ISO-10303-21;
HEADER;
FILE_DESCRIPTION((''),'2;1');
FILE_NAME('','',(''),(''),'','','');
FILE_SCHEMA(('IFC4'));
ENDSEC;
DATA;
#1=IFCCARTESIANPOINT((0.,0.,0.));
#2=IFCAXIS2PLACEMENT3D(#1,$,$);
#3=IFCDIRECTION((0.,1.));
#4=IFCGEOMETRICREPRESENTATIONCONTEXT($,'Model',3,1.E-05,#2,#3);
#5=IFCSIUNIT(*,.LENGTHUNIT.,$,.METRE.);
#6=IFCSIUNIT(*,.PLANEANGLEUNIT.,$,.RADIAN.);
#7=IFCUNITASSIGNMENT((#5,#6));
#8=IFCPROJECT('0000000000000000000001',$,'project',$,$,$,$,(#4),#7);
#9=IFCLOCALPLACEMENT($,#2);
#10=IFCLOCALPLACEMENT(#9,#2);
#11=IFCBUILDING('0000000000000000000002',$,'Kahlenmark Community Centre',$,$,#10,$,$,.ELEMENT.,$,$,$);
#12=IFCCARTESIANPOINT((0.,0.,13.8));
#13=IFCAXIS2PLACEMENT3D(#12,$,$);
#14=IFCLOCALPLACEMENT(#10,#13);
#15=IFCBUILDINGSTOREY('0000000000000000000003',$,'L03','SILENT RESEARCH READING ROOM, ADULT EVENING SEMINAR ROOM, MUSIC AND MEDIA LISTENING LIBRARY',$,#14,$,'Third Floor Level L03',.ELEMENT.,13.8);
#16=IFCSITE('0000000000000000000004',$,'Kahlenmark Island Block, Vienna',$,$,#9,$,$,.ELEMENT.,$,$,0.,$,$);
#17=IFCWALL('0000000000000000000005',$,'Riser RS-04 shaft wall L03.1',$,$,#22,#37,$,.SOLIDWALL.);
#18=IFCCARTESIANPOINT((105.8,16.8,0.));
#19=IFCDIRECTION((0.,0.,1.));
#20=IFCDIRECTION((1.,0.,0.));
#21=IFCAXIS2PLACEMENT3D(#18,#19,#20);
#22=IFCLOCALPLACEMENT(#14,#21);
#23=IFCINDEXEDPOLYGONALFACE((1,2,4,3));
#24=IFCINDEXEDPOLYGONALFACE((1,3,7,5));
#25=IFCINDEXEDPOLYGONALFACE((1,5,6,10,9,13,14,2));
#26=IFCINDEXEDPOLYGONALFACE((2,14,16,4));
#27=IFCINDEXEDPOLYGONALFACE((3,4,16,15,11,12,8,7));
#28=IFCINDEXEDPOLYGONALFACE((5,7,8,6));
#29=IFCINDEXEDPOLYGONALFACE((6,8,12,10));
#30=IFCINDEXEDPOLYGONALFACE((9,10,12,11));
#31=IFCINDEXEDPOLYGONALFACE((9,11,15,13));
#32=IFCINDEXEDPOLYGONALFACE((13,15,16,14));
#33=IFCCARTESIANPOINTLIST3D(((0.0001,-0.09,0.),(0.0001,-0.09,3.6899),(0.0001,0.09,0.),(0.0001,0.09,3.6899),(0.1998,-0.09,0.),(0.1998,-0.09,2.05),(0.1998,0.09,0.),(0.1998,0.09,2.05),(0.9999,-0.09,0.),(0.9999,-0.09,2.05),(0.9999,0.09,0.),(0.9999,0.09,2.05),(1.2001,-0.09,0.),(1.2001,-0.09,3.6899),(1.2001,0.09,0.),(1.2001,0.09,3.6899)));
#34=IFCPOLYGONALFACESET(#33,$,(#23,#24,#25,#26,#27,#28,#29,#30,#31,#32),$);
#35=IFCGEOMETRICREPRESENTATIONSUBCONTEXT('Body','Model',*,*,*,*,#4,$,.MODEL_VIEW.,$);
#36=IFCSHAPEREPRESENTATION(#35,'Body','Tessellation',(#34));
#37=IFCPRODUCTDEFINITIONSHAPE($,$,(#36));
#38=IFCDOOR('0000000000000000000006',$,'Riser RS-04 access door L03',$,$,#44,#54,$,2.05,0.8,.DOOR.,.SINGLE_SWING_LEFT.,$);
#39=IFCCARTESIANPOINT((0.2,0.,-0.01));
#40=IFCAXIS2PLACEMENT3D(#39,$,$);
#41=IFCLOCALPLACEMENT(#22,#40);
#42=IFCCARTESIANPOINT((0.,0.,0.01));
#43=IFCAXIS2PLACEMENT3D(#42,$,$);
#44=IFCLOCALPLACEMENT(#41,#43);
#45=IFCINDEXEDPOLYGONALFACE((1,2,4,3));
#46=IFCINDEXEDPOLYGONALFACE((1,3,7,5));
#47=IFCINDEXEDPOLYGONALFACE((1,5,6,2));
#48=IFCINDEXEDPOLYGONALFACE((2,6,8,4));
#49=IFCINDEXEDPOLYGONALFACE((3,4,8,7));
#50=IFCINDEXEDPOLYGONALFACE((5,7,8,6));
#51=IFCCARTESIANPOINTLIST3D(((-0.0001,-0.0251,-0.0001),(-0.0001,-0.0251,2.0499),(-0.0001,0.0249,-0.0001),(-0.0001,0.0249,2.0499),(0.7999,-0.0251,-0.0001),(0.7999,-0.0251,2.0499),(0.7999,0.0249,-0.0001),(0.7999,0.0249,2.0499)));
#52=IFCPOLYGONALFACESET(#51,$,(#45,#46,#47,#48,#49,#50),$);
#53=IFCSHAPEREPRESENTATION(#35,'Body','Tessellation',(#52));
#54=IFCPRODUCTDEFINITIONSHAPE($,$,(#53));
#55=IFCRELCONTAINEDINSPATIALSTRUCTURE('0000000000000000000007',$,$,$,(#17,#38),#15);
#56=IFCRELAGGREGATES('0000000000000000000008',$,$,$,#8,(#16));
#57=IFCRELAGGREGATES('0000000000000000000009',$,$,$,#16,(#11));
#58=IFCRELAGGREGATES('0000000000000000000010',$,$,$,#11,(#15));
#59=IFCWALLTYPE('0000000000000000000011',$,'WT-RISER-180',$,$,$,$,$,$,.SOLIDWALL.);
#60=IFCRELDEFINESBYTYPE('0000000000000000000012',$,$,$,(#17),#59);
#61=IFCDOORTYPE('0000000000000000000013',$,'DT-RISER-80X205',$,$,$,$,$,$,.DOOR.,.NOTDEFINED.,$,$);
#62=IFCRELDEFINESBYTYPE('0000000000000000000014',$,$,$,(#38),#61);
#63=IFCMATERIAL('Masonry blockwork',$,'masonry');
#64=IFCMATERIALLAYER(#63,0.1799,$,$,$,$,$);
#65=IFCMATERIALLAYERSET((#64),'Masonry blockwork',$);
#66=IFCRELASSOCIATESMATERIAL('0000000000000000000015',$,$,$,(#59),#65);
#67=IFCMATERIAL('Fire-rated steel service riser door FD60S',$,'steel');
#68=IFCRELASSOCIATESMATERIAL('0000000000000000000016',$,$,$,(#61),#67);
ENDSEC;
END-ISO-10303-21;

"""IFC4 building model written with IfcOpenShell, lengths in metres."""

from ifc_helpers import new_model, si_unit, direction, frame, frame_2d, origin, place, context, subcontext, project, spatial, rectangle, extrude, material, layer, layer_set, type_object, element, fill, save


model = new_model("IFC4")

# Units and contexts
model_context = context("Model", 3, precision=1e-05, world=origin(), true_north=direction((0.0, 1.0)))
body_context = subcontext(model_context, "Body", "Model", "MODEL_VIEW")
ifc_project = project(units=[si_unit("LENGTHUNIT", "METRE"), si_unit("PLANEANGLEUNIT", "RADIAN")], contexts=[model_context])

# Site, building, storey
site_placement = place(None, origin())
site = spatial("IfcSite", under=ifc_project, at=site_placement, Name="Kahlenmark Island Block, Vienna", CompositionType="ELEMENT", RefElevation=0.0)
building_placement = place(site_placement, origin())
building = spatial("IfcBuilding", under=site, at=building_placement, Name="Kahlenmark Community Centre", CompositionType="ELEMENT")
storey_placement = place(building_placement, frame((0.0, 0.0, 13.8)))
storey = spatial("IfcBuildingStorey", under=building, at=storey_placement, Name="L03", Description="SILENT RESEARCH READING ROOM, ADULT EVENING SEMINAR ROOM, MUSIC AND MEDIA LISTENING LIBRARY", LongName="Third Floor Level L03", CompositionType="ELEMENT", Elevation=13.8)

# Wall, opening, door
ifc_material_1 = material(Name="Masonry blockwork", Category="masonry")
ifc_layer_1 = layer(ifc_material_1, 0.1799)
ifc_layer_set_1 = layer_set([ifc_layer_1], Name="Masonry blockwork")
wall_type_1 = type_object("IfcWallType", Name="WT-RISER-180", PredefinedType="SOLIDWALL", material=ifc_layer_set_1)
wall_1_placement = place(storey_placement, frame((105.8, 16.8, 0.0), z_axis=(0.0, 0.0, 1.0), x_axis=(1.0, 0.0, 0.0)))
wall_1 = element("IfcWall", 1, at=wall_1_placement, inside=storey, type_object=wall_type_1, Name="Riser RS-04 shaft wall L03.1", PredefinedType="SOLIDWALL", context=body_context, shape_type="SweptSolid", body=[
    extrude(rectangle(XDim=1.2, YDim=0.1799, at=frame_2d((0.6001, 0.0))), origin(), (0.0, 0.0, 1.0), 3.6899),
])
opening_1_placement = place(wall_1_placement, frame((0.2, 0.0, -0.01)))
opening_1 = element("IfcOpeningElement", 2, at=opening_1_placement, cuts=wall_1, PredefinedType="OPENING", context=body_context, shape_type="SweptSolid", body=[
    extrude(rectangle(XDim=0.8, YDim=2.0601, at=frame_2d((0.3999, 1.03))), frame((0.0, 0.0999, 0.0), z_axis=(0.0, -1.0, 0.0), x_axis=(1.0, 0.0, 0.0)), (0.0, 0.0, 1.0), 0.2),
])
ifc_material_2 = material(Name="Fire-rated steel service riser door FD60S", Category="steel")
door_type_1 = type_object("IfcDoorType", Name="DT-RISER-80X205", OperationType="NOTDEFINED", PredefinedType="DOOR", material=ifc_material_2)
door_1_placement = place(opening_1_placement, frame((0.0, 0.0, 0.01)))
door_1 = element("IfcDoor", 3, at=door_1_placement, inside=storey, type_object=door_type_1, Name="Riser RS-04 access door L03", OperationType="SINGLE_SWING_LEFT", OverallHeight=2.05, OverallWidth=0.8, PredefinedType="DOOR", context=body_context, shape_type="SweptSolid", body=[
    extrude(rectangle(XDim=0.8, YDim=2.05, at=frame_2d((0.3999, 1.0249))), frame((0.0, 0.0249, 0.0), z_axis=(0.0, -1.0, 0.0), x_axis=(1.0, 0.0, 0.0)), (0.0, 0.0, 1.0), 0.05),
])
fill(opening_1, door_1)

save(model, "model.ifc")
